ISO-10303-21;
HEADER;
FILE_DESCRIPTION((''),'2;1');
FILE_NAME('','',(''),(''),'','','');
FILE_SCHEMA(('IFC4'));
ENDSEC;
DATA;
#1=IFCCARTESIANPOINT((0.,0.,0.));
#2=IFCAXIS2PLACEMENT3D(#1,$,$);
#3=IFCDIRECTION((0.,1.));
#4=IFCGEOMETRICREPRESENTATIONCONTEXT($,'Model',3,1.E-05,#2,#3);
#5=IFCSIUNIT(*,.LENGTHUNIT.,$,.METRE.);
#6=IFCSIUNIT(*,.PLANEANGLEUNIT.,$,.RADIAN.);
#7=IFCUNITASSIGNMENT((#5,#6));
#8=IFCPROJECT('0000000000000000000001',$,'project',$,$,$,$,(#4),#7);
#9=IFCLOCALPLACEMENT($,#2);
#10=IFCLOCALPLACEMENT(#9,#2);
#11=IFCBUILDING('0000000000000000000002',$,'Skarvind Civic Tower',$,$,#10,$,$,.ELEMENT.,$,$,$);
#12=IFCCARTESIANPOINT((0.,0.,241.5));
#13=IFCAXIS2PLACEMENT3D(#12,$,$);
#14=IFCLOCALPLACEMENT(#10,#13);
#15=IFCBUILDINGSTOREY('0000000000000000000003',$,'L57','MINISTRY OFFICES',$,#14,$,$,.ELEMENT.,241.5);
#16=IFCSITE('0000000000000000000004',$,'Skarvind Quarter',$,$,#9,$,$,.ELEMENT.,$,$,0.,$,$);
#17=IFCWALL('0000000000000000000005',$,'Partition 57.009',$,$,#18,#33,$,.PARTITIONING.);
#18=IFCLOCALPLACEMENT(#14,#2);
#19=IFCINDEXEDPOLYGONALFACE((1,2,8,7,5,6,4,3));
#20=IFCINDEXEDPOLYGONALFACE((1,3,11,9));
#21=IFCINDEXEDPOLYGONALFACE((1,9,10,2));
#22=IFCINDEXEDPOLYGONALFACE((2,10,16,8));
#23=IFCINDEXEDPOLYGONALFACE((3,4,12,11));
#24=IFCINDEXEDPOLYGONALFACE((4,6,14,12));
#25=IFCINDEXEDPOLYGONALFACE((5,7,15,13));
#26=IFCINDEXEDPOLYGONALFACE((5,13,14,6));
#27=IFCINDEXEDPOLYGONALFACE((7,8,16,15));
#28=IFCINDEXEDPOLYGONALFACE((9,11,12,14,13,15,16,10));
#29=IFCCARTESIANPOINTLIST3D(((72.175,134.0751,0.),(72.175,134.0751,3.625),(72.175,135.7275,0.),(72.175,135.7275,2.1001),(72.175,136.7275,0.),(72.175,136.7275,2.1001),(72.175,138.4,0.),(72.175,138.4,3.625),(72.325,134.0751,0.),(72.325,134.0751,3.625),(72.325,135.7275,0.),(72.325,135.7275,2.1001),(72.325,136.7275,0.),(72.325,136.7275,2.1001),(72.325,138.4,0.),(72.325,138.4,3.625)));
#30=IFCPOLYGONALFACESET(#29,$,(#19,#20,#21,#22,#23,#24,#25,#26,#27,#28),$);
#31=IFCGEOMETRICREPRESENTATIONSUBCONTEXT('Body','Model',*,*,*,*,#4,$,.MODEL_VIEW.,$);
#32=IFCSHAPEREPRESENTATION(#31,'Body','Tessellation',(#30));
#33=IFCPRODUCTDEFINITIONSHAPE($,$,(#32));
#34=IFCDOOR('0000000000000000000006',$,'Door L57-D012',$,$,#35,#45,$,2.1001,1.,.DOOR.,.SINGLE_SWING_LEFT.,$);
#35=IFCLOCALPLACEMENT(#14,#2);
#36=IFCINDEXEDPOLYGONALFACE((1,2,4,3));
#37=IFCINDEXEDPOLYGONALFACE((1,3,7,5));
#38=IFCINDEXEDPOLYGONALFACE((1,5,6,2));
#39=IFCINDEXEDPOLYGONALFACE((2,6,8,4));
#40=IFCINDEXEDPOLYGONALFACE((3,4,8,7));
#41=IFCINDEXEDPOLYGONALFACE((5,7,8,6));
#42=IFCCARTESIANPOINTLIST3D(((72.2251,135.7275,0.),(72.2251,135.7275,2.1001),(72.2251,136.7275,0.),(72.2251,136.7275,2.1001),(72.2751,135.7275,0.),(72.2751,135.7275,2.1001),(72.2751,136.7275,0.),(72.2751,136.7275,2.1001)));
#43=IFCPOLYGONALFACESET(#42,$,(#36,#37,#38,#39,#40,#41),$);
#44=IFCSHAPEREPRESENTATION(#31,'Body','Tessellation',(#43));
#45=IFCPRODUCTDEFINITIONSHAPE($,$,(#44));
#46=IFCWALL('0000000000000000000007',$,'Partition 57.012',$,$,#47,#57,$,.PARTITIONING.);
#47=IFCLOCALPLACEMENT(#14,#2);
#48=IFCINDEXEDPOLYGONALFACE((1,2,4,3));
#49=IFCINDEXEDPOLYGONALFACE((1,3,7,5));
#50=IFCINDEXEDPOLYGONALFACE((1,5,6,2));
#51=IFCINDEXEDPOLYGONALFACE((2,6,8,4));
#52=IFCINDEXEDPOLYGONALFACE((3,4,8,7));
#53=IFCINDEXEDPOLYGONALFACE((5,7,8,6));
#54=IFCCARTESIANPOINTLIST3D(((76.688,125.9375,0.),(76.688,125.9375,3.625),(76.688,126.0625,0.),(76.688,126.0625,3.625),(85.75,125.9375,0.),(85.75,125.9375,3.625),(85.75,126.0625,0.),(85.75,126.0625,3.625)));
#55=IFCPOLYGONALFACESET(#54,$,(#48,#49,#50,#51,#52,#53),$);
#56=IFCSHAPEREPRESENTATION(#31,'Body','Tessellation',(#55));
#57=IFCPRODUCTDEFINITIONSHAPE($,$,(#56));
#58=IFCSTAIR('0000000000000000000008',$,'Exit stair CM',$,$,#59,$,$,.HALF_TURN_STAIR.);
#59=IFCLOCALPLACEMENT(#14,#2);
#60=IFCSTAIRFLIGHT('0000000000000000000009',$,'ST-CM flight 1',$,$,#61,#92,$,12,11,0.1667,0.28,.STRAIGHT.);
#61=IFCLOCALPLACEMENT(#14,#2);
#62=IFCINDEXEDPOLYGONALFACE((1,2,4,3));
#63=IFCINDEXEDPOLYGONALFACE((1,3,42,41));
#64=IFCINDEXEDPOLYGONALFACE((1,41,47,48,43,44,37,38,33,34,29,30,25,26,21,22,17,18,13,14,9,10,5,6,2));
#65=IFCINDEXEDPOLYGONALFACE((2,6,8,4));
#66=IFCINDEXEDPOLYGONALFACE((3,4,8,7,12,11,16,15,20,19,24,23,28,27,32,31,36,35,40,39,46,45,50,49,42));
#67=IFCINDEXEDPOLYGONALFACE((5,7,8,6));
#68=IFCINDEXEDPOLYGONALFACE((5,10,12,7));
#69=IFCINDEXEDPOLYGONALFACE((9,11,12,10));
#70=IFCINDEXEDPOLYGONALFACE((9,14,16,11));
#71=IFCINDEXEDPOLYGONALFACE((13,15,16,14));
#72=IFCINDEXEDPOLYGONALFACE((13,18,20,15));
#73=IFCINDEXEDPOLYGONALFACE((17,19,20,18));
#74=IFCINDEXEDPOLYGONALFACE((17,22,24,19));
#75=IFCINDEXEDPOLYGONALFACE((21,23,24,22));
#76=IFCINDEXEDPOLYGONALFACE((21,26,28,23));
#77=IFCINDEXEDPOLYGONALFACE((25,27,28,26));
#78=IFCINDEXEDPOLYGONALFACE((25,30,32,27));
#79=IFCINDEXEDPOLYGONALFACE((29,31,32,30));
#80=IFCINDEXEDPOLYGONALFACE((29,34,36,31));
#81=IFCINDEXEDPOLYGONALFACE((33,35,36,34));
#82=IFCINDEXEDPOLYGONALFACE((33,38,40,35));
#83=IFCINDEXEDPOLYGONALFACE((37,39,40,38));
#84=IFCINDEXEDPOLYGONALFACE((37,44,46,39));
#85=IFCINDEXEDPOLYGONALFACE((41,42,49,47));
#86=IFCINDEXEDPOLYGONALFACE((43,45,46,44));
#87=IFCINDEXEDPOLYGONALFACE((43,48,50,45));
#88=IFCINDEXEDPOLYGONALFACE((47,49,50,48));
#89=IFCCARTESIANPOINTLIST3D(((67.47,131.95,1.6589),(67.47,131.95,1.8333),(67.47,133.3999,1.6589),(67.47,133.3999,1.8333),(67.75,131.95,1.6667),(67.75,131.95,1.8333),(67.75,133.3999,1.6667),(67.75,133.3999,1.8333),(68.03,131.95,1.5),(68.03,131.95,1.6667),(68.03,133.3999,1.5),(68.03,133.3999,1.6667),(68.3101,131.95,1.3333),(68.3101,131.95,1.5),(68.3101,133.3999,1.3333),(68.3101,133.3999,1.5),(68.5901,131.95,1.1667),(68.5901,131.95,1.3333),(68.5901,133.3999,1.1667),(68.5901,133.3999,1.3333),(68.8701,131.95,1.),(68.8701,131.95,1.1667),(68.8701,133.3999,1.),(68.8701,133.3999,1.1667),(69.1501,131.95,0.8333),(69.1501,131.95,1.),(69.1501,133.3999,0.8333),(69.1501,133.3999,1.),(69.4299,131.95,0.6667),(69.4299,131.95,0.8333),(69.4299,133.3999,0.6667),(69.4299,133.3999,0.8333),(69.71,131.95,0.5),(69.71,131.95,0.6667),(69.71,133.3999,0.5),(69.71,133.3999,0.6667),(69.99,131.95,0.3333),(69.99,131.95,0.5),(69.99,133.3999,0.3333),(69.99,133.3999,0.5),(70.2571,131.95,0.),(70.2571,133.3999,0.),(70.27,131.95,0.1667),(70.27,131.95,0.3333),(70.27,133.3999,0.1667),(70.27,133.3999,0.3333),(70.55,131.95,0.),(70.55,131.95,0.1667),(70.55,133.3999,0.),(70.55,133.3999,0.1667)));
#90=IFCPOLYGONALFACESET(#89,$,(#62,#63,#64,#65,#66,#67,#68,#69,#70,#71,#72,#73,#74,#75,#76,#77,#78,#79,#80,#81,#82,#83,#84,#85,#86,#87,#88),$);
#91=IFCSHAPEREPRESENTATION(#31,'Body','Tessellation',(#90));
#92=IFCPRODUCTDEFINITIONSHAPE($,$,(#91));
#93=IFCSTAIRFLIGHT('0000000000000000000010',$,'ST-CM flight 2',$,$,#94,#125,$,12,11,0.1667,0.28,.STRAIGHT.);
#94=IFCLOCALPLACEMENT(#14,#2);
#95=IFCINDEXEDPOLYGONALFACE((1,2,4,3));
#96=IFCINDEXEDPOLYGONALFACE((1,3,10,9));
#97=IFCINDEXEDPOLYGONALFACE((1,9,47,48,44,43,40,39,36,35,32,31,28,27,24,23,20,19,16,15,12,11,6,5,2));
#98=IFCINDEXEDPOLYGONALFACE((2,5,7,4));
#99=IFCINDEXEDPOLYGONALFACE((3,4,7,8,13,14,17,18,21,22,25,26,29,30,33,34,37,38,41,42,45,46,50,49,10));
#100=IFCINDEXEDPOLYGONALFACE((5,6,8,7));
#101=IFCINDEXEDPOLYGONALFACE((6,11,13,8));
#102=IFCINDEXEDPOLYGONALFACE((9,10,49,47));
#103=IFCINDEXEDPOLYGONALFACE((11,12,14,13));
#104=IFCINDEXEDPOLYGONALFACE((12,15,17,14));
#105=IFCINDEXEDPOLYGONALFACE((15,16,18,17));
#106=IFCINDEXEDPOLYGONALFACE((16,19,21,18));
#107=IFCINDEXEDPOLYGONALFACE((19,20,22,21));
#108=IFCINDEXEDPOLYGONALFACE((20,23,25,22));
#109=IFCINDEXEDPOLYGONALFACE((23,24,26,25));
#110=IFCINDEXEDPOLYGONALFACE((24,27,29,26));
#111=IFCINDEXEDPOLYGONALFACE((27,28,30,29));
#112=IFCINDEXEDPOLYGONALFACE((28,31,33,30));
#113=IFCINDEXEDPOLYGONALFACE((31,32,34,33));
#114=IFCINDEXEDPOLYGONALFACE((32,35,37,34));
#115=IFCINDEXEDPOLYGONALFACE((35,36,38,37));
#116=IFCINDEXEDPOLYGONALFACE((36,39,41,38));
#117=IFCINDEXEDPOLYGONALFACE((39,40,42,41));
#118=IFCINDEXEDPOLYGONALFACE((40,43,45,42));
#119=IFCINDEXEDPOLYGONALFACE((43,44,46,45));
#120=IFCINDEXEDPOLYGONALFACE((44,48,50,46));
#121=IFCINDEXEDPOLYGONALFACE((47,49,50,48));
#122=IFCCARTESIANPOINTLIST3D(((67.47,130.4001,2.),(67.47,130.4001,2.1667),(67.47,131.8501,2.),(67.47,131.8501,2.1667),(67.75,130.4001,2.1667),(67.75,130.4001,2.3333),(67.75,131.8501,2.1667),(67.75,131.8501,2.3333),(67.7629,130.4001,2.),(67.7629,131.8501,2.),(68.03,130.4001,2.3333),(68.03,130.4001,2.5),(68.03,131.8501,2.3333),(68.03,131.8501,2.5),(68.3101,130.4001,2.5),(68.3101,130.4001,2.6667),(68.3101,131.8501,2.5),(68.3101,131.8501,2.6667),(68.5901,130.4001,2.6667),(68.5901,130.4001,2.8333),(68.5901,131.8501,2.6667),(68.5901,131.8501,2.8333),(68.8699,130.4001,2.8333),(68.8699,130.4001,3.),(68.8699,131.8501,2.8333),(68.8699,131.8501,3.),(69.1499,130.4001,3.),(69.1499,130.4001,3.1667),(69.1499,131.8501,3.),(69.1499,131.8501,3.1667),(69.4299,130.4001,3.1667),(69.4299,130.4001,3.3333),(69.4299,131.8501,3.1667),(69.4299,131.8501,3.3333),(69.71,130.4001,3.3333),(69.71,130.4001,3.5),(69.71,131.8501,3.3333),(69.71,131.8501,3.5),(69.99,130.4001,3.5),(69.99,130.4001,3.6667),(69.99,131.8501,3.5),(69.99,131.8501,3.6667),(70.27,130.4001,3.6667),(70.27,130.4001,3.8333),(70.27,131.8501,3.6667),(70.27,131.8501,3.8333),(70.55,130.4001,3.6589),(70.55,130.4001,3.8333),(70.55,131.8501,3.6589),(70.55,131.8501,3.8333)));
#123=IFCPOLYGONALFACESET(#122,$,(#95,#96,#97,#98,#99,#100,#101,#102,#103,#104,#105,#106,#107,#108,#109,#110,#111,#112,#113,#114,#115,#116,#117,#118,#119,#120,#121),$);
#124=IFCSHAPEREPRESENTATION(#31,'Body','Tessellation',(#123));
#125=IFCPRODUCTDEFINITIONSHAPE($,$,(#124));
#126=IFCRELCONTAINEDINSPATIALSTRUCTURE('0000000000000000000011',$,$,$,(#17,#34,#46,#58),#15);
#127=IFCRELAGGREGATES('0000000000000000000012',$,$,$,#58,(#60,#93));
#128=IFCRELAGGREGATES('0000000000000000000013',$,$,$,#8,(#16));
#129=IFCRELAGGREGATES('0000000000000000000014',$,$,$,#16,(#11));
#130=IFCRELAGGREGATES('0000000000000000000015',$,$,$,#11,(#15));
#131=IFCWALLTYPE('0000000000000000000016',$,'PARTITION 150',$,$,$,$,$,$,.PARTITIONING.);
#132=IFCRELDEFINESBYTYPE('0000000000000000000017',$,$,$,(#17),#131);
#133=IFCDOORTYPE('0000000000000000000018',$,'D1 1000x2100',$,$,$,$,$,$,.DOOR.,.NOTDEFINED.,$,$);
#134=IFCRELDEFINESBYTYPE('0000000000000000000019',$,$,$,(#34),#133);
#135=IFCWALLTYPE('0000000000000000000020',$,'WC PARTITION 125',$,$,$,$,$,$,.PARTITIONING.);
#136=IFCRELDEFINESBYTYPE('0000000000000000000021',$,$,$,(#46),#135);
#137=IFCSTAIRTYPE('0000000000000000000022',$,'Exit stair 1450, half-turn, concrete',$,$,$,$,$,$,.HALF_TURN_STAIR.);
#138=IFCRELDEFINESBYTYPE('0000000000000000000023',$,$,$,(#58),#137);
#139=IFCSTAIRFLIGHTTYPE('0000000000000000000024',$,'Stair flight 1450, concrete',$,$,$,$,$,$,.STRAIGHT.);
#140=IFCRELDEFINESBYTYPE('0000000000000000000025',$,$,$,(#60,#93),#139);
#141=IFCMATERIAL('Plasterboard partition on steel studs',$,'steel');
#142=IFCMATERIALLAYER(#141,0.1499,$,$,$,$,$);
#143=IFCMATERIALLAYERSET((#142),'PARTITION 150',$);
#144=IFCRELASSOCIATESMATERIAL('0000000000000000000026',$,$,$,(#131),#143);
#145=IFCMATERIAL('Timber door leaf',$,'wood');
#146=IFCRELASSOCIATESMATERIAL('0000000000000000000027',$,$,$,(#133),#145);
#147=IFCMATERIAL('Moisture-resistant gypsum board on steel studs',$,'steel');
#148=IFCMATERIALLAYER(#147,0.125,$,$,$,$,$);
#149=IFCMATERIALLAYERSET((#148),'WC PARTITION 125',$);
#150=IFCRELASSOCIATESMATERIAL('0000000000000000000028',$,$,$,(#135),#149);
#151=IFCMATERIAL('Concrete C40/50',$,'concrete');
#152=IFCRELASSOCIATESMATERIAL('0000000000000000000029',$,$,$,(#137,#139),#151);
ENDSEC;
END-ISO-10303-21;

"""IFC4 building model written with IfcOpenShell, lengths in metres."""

from ifc_helpers import new_model, si_unit, direction, frame, frame_2d, origin, place, context, subcontext, project, spatial, polyline, rectangle, outline, extrude, material, layer, layer_set, type_object, element, fill, aggregate, save


model = new_model("IFC4")

# Units and contexts
model_context = context("Model", 3, precision=1e-05, world=origin(), true_north=direction((0.0, 1.0)))
body_context = subcontext(model_context, "Body", "Model", "MODEL_VIEW")
ifc_project = project(units=[si_unit("LENGTHUNIT", "METRE"), si_unit("PLANEANGLEUNIT", "RADIAN")], contexts=[model_context])

# Site, building, storey
site_placement = place(None, origin())
site = spatial("IfcSite", under=ifc_project, at=site_placement, Name="Skarvind Quarter", CompositionType="ELEMENT", RefElevation=0.0)
building_placement = place(site_placement, origin())
building = spatial("IfcBuilding", under=site, at=building_placement, Name="Skarvind Civic Tower", CompositionType="ELEMENT")
storey_placement = place(building_placement, frame((0.0, 0.0, 241.5)))
storey = spatial("IfcBuildingStorey", under=building, at=storey_placement, Name="L57", Description="MINISTRY OFFICES", CompositionType="ELEMENT", Elevation=241.5)

# Shared definitions
ifc_material_1 = material(Name="Plasterboard partition on steel studs", Category="steel")
ifc_layer_1 = layer(ifc_material_1, 0.1499)
ifc_layer_set_1 = layer_set([ifc_layer_1], Name="PARTITION 150")
wall_type_1 = type_object("IfcWallType", Name="PARTITION 150", PredefinedType="PARTITIONING", material=ifc_layer_set_1)
ifc_material_2 = material(Name="Timber door leaf", Category="wood")
door_type_1 = type_object("IfcDoorType", Name="D1 1000x2100", OperationType="NOTDEFINED", PredefinedType="DOOR", material=ifc_material_2)

# Wall, opening, door
wall_1_placement = place(storey_placement, frame((72.25, 134.075, 0.0), z_axis=(0.0, 0.0, 1.0), x_axis=(0.0, 1.0, 0.0)))
wall_1 = element("IfcWall", 1, at=wall_1_placement, inside=storey, type_object=wall_type_1, Name="Partition 57.009", PredefinedType="PARTITIONING", context=body_context, shape_type="SweptSolid", body=[
    extrude(rectangle(XDim=4.325, YDim=0.1499, at=frame_2d((2.1626, 0.0))), origin(), (0.0, 0.0, 1.0), 3.625),
])
opening_1_placement = place(wall_1_placement, frame((1.6526, 0.0, 0.0)))
opening_1 = element("IfcOpeningElement", 2, at=opening_1_placement, cuts=wall_1, PredefinedType="OPENING", context=body_context, shape_type="SweptSolid", body=[
    extrude(rectangle(XDim=1.0, YDim=2.1001, at=frame_2d((0.5, 1.05))), frame((0.0, 0.085, 0.0), z_axis=(0.0, -1.0, 0.0), x_axis=(1.0, 0.0, 0.0)), (0.0, 0.0, 1.0), 0.1699),
])
door_1_placement = place(opening_1_placement, origin())
door_1 = element("IfcDoor", 3, at=door_1_placement, inside=storey, type_object=door_type_1, Name="Door L57-D012", OperationType="SINGLE_SWING_LEFT", OverallHeight=2.1001, OverallWidth=1.0, PredefinedType="DOOR", context=body_context, shape_type="SweptSolid", body=[
    extrude(rectangle(XDim=1.0, YDim=2.1001, at=frame_2d((0.5, 1.05))), frame((0.0, 0.0249, 0.0), z_axis=(0.0, -1.0, 0.0), x_axis=(1.0, 0.0, 0.0)), (0.0, 0.0, 1.0), 0.05),
])
fill(opening_1, door_1)

# Wall
ifc_material_3 = material(Name="Moisture-resistant gypsum board on steel studs", Category="steel")
ifc_layer_2 = layer(ifc_material_3, 0.125)
ifc_layer_set_2 = layer_set([ifc_layer_2], Name="WC PARTITION 125")
wall_type_2 = type_object("IfcWallType", Name="WC PARTITION 125", PredefinedType="PARTITIONING", material=ifc_layer_set_2)
wall_2_placement = place(storey_placement, frame((76.688, 126.0, 0.0), z_axis=(0.0, 0.0, 1.0), x_axis=(1.0, 0.0, 0.0)))
element("IfcWall", 4, at=wall_2_placement, inside=storey, type_object=wall_type_2, Name="Partition 57.012", PredefinedType="PARTITIONING", context=body_context, shape_type="SweptSolid", body=[
    extrude(rectangle(XDim=9.062, YDim=0.125, at=frame_2d((4.531, 0.0))), origin(), (0.0, 0.0, 1.0), 3.625),
])

# Stair, stair flights
ifc_material_4 = material(Name="Concrete C40/50", Category="concrete")
stair_type = type_object("IfcStairType", Name="Exit stair 1450, half-turn, concrete", PredefinedType="HALF_TURN_STAIR", material=ifc_material_4)
stair_placement = place(storey_placement, origin())
stair = element("IfcStair", 5, at=stair_placement, inside=storey, type_object=stair_type, Name="Exit stair CM", PredefinedType="HALF_TURN_STAIR")
stair_flight_type = type_object("IfcStairFlightType", Name="Stair flight 1450, concrete", PredefinedType="STRAIGHT", material=ifc_material_4)
stair_flight_1_placement = place(storey_placement, frame((70.55, 132.675, 0.0), z_axis=(0.0, 0.0, 1.0), x_axis=(-1.0, 0.0, 0.0)))
stair_flight_1 = element("IfcStairFlight", 6, at=stair_flight_1_placement, type_object=stair_flight_type, Name="ST-CM flight 1", NumberOfRisers=12, NumberOfTreads=11, PredefinedType="STRAIGHT", RiserHeight=0.1667, TreadLength=0.28, context=body_context, shape_type="SweptSolid", body=[
    extrude(outline(polyline([(0.0, 0.0), (0.0, 0.1667), (0.28, 0.1667), (0.28, 0.3333), (0.5601, 0.3333), (0.5601, 0.5), (0.8401, 0.5), (0.8401, 0.6667), (1.1201, 0.6667), (1.1201, 0.8333), (1.3999, 0.8333), (1.3999, 1.0), (1.6799, 1.0), (1.6799, 1.1667), (1.96, 1.1667), (1.96, 1.3333), (2.24, 1.3333), (2.24, 1.5), (2.52, 1.5), (2.52, 1.6667), (2.8, 1.6667), (2.8, 1.8333), (3.0801, 1.8333), (3.0801, 2.0), (3.0801, 1.6589), (0.293, 0.0), (0.0, 0.0)])), frame((0.0, 0.7251, 0.0), z_axis=(0.0, -1.0, 0.0), x_axis=(1.0, 0.0, 0.0)), (0.0, 0.0, 1.0), 1.45),
])
stair_flight_2_placement = place(storey_placement, frame((67.47, 131.125, 2.0), z_axis=(0.0, 0.0, 1.0), x_axis=(1.0, 0.0, 0.0)))
stair_flight_2 = element("IfcStairFlight", 7, at=stair_flight_2_placement, type_object=stair_flight_type, Name="ST-CM flight 2", NumberOfRisers=12, NumberOfTreads=11, PredefinedType="STRAIGHT", RiserHeight=0.1667, TreadLength=0.28, context=body_context, shape_type="SweptSolid", body=[
    extrude(outline(polyline([(0.0, 0.0), (0.0, 0.1667), (0.28, 0.1667), (0.28, 0.3333), (0.5601, 0.3333), (0.5601, 0.5), (0.8401, 0.5), (0.8401, 0.6667), (1.1201, 0.6667), (1.1201, 0.8333), (1.3999, 0.8333), (1.3999, 1.0), (1.6799, 1.0), (1.6799, 1.1667), (1.96, 1.1667), (1.96, 1.3333), (2.24, 1.3333), (2.24, 1.5), (2.52, 1.5), (2.52, 1.6667), (2.8, 1.6667), (2.8, 1.8333), (3.0801, 1.8333), (3.0801, 2.0), (3.0801, 1.6589), (0.293, 0.0), (0.0, 0.0)])), frame((0.0, 0.7251, 0.0), z_axis=(0.0, -1.0, 0.0), x_axis=(1.0, 0.0, 0.0)), (0.0, 0.0, 1.0), 1.45),
])
aggregate(stair, [stair_flight_1, stair_flight_2])

save(model, "model.ifc")
